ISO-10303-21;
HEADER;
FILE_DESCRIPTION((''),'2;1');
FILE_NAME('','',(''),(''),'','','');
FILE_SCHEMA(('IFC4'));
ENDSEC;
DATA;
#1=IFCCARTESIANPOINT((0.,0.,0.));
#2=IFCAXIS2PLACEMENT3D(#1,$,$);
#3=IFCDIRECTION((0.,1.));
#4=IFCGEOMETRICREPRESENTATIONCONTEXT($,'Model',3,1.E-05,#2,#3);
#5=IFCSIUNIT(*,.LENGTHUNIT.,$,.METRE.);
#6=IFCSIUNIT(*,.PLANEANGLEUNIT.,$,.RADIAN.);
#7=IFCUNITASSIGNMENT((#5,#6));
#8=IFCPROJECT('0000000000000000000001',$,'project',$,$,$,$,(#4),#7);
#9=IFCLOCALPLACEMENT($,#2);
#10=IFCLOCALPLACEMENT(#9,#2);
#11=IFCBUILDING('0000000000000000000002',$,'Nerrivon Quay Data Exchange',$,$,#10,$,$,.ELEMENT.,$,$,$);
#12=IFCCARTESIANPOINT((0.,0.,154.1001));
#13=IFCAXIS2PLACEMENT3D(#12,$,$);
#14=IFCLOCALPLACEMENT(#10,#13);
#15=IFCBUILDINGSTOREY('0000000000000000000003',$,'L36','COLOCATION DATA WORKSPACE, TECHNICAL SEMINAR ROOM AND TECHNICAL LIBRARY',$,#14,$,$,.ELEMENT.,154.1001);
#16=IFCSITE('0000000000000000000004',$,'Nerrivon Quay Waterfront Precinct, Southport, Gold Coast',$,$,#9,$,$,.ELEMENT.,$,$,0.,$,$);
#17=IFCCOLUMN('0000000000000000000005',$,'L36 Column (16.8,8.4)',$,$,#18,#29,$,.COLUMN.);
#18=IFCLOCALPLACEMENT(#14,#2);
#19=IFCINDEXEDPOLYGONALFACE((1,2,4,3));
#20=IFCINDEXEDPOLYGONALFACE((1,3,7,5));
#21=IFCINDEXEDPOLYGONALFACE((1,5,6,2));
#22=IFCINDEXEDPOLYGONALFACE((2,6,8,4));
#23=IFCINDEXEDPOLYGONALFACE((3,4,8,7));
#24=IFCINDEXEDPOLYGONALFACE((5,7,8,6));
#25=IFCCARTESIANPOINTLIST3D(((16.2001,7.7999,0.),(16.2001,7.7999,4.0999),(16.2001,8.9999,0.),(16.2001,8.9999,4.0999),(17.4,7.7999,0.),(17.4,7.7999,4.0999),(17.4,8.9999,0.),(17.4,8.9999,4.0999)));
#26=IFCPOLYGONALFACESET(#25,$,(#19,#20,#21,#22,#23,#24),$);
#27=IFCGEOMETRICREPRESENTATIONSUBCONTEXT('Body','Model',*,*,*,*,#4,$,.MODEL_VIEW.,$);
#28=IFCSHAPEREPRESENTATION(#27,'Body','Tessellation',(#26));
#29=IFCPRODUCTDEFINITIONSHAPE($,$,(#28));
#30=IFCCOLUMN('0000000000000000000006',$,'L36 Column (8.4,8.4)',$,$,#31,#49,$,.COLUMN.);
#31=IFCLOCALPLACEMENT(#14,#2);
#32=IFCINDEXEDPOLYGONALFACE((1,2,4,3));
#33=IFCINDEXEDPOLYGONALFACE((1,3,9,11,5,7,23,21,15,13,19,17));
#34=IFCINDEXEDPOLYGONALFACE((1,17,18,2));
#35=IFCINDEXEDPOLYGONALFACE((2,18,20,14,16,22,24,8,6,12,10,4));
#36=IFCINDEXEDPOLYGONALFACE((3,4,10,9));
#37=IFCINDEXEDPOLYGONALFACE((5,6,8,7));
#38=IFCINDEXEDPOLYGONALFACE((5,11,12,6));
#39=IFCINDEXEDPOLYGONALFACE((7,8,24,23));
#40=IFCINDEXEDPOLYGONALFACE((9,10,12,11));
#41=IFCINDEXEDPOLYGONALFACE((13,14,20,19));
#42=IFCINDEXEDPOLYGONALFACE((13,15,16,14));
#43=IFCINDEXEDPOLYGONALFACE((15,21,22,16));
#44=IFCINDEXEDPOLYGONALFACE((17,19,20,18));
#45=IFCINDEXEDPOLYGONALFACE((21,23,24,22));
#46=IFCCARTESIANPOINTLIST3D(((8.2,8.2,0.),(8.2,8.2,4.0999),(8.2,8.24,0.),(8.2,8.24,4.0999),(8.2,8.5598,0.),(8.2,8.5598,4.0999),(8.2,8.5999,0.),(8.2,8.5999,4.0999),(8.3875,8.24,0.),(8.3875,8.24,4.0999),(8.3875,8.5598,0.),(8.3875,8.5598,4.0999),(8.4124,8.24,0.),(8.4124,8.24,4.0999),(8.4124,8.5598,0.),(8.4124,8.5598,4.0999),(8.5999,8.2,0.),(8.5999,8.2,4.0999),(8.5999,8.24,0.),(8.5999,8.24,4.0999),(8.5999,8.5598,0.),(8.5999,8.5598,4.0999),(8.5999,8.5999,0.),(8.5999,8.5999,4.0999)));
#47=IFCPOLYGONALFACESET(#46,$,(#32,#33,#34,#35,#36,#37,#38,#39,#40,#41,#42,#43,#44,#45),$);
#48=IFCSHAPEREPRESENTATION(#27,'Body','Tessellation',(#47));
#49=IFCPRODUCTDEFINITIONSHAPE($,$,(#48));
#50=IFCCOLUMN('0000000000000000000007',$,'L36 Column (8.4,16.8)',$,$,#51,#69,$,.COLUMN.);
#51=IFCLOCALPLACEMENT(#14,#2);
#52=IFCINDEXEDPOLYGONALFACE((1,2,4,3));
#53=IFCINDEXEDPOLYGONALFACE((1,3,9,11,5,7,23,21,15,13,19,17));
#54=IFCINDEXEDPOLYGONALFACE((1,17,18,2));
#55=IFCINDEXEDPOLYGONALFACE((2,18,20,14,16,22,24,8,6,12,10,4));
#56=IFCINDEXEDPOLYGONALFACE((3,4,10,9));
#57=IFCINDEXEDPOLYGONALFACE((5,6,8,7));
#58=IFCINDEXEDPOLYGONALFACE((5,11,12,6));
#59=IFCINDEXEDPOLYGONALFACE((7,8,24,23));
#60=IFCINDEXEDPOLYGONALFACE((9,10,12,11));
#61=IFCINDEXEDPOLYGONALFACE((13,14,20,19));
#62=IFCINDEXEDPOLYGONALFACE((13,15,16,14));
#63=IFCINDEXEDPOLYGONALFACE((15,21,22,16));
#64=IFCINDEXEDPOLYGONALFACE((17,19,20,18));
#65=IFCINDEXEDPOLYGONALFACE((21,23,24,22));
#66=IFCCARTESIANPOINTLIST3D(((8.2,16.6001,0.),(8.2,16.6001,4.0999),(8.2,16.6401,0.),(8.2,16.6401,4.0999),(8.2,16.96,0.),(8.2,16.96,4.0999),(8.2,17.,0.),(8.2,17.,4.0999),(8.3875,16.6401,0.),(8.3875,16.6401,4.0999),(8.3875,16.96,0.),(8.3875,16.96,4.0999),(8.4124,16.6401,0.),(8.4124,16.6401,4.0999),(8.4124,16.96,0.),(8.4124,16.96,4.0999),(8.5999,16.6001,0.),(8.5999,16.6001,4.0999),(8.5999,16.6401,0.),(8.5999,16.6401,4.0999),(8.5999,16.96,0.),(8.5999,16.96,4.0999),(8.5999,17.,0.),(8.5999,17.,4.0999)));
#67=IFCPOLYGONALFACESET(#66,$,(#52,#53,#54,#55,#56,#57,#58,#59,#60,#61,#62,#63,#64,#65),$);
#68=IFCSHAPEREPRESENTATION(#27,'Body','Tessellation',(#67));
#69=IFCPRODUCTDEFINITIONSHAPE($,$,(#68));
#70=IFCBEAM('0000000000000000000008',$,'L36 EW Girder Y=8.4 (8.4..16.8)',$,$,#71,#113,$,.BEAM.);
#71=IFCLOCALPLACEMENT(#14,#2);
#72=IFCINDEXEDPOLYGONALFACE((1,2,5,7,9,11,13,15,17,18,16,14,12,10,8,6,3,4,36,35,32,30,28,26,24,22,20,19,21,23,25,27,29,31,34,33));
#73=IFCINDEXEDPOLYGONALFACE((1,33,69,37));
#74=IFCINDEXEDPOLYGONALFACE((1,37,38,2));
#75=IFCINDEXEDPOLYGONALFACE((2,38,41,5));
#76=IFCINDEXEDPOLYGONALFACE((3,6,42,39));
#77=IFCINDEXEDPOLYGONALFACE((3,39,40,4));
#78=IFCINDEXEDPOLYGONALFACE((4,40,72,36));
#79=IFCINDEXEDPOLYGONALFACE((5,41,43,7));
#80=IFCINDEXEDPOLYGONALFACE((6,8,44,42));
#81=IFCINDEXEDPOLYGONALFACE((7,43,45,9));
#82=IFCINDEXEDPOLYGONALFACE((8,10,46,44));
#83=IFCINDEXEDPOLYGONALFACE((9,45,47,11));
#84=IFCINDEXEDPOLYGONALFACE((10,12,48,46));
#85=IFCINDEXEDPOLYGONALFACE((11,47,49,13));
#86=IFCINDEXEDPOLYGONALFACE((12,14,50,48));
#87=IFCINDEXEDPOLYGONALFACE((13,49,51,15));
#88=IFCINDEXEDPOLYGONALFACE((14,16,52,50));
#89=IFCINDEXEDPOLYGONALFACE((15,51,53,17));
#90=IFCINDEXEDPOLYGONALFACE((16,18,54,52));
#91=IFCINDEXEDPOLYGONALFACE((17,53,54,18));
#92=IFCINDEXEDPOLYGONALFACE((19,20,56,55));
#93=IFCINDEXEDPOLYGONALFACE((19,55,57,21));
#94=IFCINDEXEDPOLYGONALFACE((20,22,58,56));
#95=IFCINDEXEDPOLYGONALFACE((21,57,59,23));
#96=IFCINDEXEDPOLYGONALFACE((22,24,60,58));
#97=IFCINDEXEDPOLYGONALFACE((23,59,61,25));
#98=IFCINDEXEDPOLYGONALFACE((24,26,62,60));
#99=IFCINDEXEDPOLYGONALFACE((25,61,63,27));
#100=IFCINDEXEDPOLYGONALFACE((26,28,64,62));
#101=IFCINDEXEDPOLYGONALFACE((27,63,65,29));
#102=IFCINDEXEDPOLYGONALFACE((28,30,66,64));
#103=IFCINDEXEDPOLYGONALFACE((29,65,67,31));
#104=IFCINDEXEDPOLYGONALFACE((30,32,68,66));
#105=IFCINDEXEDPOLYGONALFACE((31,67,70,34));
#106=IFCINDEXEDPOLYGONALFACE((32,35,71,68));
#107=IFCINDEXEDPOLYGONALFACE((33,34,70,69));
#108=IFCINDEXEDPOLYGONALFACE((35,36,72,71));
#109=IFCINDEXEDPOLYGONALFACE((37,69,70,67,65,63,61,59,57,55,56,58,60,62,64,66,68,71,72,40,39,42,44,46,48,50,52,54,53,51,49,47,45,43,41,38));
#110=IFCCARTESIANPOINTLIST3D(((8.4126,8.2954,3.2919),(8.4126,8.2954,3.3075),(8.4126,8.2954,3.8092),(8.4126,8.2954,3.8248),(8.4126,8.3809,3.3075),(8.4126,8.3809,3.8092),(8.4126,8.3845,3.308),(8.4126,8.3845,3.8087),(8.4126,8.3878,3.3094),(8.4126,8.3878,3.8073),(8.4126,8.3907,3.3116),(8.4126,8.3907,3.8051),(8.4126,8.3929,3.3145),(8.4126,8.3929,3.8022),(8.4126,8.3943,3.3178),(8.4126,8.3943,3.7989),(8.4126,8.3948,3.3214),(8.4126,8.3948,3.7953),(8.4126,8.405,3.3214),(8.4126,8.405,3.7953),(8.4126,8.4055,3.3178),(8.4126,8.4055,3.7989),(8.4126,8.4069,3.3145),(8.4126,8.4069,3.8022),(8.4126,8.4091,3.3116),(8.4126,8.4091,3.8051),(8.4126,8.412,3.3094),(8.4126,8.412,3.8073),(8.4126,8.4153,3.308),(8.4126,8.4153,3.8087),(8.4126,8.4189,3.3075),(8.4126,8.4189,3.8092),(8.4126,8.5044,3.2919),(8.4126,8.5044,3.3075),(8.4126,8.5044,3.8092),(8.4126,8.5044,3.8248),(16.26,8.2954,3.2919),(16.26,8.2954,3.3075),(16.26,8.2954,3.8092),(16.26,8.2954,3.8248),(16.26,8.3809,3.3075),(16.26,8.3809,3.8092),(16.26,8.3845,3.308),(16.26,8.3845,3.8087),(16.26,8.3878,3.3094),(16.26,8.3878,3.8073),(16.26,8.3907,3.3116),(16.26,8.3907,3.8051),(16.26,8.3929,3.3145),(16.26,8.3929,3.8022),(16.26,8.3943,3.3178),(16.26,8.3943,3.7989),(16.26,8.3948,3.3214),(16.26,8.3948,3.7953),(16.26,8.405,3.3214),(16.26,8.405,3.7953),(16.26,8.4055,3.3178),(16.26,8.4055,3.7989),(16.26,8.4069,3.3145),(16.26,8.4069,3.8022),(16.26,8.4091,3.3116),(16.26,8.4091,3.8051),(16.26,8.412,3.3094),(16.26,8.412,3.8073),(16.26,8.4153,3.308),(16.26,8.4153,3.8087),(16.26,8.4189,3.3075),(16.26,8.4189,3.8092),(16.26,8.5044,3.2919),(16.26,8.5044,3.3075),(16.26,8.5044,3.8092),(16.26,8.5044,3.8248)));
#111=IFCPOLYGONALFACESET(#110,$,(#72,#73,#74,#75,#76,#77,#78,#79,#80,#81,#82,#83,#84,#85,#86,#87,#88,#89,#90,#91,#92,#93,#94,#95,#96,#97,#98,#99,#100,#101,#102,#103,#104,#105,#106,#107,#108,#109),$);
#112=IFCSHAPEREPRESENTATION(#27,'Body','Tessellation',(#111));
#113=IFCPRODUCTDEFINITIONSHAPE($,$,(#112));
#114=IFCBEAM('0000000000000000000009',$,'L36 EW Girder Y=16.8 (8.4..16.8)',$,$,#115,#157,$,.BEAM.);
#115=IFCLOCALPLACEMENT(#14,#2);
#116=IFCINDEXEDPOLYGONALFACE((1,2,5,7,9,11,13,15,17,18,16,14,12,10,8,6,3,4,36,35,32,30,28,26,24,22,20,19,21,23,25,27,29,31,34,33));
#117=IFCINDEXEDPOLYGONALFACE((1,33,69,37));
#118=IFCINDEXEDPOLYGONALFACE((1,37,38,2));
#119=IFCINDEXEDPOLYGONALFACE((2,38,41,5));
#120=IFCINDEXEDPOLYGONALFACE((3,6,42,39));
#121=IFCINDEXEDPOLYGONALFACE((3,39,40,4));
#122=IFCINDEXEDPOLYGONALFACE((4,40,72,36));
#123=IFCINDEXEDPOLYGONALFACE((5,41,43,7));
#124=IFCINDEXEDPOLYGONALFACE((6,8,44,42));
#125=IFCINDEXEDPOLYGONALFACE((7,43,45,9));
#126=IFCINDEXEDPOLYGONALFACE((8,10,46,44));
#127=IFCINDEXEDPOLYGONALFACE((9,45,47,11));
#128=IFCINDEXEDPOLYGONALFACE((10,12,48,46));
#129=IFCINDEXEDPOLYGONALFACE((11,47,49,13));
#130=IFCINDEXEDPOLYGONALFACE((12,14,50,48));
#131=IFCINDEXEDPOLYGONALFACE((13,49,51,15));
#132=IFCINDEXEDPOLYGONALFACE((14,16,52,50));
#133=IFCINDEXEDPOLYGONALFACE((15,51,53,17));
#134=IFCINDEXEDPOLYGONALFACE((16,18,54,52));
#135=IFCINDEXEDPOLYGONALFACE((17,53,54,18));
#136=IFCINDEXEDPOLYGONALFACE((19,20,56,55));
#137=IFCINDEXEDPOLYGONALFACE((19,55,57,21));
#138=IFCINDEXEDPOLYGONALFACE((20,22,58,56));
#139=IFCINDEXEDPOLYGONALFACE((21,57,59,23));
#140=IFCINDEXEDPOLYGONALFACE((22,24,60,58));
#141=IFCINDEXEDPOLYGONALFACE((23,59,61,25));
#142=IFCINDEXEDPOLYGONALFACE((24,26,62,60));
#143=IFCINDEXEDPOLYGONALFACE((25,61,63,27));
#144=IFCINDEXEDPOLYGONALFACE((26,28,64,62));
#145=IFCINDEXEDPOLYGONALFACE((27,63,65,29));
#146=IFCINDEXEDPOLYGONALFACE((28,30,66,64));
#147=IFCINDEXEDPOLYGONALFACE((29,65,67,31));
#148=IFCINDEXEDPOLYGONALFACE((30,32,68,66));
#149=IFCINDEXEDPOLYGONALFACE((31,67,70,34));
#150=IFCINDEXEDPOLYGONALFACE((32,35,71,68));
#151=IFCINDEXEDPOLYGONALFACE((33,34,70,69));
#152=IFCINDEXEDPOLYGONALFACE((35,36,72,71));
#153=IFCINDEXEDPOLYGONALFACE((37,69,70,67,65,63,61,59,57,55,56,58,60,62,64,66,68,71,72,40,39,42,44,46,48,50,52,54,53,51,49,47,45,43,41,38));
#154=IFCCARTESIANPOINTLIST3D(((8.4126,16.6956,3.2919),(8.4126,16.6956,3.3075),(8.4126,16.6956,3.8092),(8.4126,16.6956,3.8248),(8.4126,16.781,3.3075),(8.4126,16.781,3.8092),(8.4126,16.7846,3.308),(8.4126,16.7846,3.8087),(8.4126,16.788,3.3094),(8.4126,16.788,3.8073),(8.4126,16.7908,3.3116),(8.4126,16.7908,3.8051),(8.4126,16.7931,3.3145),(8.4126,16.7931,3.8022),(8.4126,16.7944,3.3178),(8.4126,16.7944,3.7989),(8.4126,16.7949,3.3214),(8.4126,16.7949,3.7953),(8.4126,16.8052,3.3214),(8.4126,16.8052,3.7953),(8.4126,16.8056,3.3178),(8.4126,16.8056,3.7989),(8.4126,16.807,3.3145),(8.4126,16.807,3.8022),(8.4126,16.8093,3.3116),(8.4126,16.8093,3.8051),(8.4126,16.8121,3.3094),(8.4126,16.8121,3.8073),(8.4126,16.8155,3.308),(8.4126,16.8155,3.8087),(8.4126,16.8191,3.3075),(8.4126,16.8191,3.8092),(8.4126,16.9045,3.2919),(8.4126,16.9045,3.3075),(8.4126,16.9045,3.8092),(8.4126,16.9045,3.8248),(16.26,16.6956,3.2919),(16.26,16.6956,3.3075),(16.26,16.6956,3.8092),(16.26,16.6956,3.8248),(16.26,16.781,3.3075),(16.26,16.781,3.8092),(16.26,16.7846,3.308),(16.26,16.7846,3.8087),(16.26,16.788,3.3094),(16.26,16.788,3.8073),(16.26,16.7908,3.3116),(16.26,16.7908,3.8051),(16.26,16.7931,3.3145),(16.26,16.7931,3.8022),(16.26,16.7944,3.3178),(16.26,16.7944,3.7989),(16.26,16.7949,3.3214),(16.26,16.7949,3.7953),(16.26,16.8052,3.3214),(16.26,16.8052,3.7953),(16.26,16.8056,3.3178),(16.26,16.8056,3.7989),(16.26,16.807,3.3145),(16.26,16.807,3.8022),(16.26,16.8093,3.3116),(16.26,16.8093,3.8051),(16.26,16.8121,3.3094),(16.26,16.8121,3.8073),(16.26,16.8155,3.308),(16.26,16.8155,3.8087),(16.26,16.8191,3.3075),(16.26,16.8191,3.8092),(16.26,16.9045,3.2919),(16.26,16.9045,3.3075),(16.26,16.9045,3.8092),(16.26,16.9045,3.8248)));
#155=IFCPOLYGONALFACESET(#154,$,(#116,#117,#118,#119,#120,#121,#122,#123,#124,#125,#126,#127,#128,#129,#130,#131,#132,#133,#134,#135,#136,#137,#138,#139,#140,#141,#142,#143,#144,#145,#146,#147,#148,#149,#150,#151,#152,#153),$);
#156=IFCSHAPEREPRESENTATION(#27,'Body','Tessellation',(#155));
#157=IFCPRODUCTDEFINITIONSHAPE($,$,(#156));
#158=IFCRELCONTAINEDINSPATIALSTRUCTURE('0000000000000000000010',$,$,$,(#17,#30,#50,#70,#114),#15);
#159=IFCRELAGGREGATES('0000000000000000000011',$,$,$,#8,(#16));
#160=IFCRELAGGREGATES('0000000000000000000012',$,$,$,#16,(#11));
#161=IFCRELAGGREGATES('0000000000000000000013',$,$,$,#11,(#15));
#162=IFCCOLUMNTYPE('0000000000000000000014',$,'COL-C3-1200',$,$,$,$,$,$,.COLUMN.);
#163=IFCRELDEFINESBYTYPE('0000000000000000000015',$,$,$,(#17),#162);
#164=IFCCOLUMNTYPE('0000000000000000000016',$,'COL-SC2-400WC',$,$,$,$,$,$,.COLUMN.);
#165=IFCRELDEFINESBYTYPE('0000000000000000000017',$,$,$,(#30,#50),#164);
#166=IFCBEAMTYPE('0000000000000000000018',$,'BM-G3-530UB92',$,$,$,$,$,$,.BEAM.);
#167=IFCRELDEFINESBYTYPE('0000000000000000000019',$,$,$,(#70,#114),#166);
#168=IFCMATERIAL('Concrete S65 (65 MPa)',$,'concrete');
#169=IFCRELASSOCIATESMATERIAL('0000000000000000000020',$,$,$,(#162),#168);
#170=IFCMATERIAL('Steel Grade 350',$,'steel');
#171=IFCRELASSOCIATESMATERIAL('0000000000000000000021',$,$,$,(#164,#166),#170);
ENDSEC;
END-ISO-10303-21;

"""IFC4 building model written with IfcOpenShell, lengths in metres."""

from ifc_helpers import new_model, si_unit, direction, frame, origin, origin_2d, place, context, subcontext, project, spatial, rectangle, i_section, extrude, material, material_profile, profile_set, type_object, element, save


model = new_model("IFC4")

# Units and contexts
model_context = context("Model", 3, precision=1e-05, world=origin(), true_north=direction((0.0, 1.0)))
body_context = subcontext(model_context, "Body", "Model", "MODEL_VIEW")
ifc_project = project(units=[si_unit("LENGTHUNIT", "METRE"), si_unit("PLANEANGLEUNIT", "RADIAN")], contexts=[model_context])

# Site, building, storey
site_placement = place(None, origin())
site = spatial("IfcSite", under=ifc_project, at=site_placement, Name="Nerrivon Quay Waterfront Precinct, Southport, Gold Coast", CompositionType="ELEMENT", RefElevation=0.0)
building_placement = place(site_placement, origin())
building = spatial("IfcBuilding", under=site, at=building_placement, Name="Nerrivon Quay Data Exchange", CompositionType="ELEMENT")
storey_placement = place(building_placement, frame((0.0, 0.0, 154.1001)))
storey = spatial("IfcBuildingStorey", under=building, at=storey_placement, Name="L36", Description="COLOCATION DATA WORKSPACE, TECHNICAL SEMINAR ROOM AND TECHNICAL LIBRARY", CompositionType="ELEMENT", Elevation=154.1001)

# Columns
ifc_material_1 = material(Name="Concrete S65 (65 MPa)", Category="concrete")
ifc_material_profile_1 = material_profile(ifc_material_1, rectangle(XDim=1.2, YDim=1.2, at=origin_2d()), Name="RC-COL-1200x1200")
ifc_profile_set_1 = profile_set([ifc_material_profile_1], Name="Concrete S65 (65 MPa)")
column_type_1 = type_object("IfcColumnType", Name="COL-C3-1200", PredefinedType="COLUMN", material=ifc_profile_set_1)
column_placement = place(storey_placement, frame((16.8, 8.3999, 0.0), z_axis=(0.0, 0.0, 1.0), x_axis=(1.0, 0.0, 0.0)))
element("IfcColumn", 1, at=column_placement, inside=storey, type_object=column_type_1, Name="L36 Column (16.8,8.4)", PredefinedType="COLUMN", context=body_context, shape_type="SweptSolid", body=[
    extrude(rectangle(XDim=1.2, YDim=1.2, at=origin_2d()), origin(), (0.0, 0.0, 1.0), 4.0999),
])
ifc_material_2 = material(Name="Steel Grade 350", Category="steel")
ifc_material_profile_2 = material_profile(ifc_material_2, i_section(OverallWidth=0.3999, OverallDepth=0.3999, WebThickness=0.0249, FlangeThickness=0.04, at=origin_2d()), Name="400WC328")
ifc_profile_set_2 = profile_set([ifc_material_profile_2], Name="Steel Grade 350")
column_type_2 = type_object("IfcColumnType", Name="COL-SC2-400WC", PredefinedType="COLUMN", material=ifc_profile_set_2)
for number, where, z_axis, x_axis, name in (
    (2, (8.3999, 8.3999, 0.0), (0.0, 0.0, 1.0), (1.0, 0.0, 0.0), "L36 Column (8.4,8.4)"),
    (3, (8.3999, 16.8, 0.0), (0.0, 0.0, 1.0), (1.0, 0.0, 0.0), "L36 Column (8.4,16.8)"),
):
    element("IfcColumn", number, at=place(storey_placement, frame(where, z_axis=z_axis, x_axis=x_axis)), inside=storey, type_object=column_type_2, Name=name, PredefinedType="COLUMN", context=body_context, shape_type="SweptSolid", body=[
        extrude(i_section(OverallWidth=0.3999, OverallDepth=0.3999, WebThickness=0.0249, FlangeThickness=0.04, at=origin_2d()), origin(), (0.0, 0.0, 1.0), 4.0999),
    ])

# Beams
ifc_material_profile_3 = material_profile(ifc_material_2, i_section(OverallWidth=0.209, OverallDepth=0.533, WebThickness=0.0103, FlangeThickness=0.0156, FilletRadius=0.0139, at=origin_2d()), Name="530UB92.4")
ifc_profile_set_3 = profile_set([ifc_material_profile_3], Name="Steel Grade 350")
beam_type_1 = type_object("IfcBeamType", Name="BM-G3-530UB92", PredefinedType="BEAM", material=ifc_profile_set_3)
for number, where, z_axis, x_axis, name in (
    (4, (8.4126, 8.3999, 3.5583), (1.0, 0.0, 0.0), (0.0, 1.0, 0.0), "L36 EW Girder Y=8.4 (8.4..16.8)"),
    (5, (8.4126, 16.8, 3.5583), (1.0, 0.0, 0.0), (0.0, 1.0, 0.0), "L36 EW Girder Y=16.8 (8.4..16.8)"),
):
    element("IfcBeam", number, at=place(storey_placement, frame(where, z_axis=z_axis, x_axis=x_axis)), inside=storey, type_object=beam_type_1, Name=name, PredefinedType="BEAM", context=body_context, shape_type="SweptSolid", body=[
        extrude(i_section(OverallWidth=0.209, OverallDepth=0.533, WebThickness=0.0103, FlangeThickness=0.0156, FilletRadius=0.0139, at=origin_2d()), origin(), (0.0, 0.0, 1.0), 7.8474),
    ])

save(model, "model.ifc")
